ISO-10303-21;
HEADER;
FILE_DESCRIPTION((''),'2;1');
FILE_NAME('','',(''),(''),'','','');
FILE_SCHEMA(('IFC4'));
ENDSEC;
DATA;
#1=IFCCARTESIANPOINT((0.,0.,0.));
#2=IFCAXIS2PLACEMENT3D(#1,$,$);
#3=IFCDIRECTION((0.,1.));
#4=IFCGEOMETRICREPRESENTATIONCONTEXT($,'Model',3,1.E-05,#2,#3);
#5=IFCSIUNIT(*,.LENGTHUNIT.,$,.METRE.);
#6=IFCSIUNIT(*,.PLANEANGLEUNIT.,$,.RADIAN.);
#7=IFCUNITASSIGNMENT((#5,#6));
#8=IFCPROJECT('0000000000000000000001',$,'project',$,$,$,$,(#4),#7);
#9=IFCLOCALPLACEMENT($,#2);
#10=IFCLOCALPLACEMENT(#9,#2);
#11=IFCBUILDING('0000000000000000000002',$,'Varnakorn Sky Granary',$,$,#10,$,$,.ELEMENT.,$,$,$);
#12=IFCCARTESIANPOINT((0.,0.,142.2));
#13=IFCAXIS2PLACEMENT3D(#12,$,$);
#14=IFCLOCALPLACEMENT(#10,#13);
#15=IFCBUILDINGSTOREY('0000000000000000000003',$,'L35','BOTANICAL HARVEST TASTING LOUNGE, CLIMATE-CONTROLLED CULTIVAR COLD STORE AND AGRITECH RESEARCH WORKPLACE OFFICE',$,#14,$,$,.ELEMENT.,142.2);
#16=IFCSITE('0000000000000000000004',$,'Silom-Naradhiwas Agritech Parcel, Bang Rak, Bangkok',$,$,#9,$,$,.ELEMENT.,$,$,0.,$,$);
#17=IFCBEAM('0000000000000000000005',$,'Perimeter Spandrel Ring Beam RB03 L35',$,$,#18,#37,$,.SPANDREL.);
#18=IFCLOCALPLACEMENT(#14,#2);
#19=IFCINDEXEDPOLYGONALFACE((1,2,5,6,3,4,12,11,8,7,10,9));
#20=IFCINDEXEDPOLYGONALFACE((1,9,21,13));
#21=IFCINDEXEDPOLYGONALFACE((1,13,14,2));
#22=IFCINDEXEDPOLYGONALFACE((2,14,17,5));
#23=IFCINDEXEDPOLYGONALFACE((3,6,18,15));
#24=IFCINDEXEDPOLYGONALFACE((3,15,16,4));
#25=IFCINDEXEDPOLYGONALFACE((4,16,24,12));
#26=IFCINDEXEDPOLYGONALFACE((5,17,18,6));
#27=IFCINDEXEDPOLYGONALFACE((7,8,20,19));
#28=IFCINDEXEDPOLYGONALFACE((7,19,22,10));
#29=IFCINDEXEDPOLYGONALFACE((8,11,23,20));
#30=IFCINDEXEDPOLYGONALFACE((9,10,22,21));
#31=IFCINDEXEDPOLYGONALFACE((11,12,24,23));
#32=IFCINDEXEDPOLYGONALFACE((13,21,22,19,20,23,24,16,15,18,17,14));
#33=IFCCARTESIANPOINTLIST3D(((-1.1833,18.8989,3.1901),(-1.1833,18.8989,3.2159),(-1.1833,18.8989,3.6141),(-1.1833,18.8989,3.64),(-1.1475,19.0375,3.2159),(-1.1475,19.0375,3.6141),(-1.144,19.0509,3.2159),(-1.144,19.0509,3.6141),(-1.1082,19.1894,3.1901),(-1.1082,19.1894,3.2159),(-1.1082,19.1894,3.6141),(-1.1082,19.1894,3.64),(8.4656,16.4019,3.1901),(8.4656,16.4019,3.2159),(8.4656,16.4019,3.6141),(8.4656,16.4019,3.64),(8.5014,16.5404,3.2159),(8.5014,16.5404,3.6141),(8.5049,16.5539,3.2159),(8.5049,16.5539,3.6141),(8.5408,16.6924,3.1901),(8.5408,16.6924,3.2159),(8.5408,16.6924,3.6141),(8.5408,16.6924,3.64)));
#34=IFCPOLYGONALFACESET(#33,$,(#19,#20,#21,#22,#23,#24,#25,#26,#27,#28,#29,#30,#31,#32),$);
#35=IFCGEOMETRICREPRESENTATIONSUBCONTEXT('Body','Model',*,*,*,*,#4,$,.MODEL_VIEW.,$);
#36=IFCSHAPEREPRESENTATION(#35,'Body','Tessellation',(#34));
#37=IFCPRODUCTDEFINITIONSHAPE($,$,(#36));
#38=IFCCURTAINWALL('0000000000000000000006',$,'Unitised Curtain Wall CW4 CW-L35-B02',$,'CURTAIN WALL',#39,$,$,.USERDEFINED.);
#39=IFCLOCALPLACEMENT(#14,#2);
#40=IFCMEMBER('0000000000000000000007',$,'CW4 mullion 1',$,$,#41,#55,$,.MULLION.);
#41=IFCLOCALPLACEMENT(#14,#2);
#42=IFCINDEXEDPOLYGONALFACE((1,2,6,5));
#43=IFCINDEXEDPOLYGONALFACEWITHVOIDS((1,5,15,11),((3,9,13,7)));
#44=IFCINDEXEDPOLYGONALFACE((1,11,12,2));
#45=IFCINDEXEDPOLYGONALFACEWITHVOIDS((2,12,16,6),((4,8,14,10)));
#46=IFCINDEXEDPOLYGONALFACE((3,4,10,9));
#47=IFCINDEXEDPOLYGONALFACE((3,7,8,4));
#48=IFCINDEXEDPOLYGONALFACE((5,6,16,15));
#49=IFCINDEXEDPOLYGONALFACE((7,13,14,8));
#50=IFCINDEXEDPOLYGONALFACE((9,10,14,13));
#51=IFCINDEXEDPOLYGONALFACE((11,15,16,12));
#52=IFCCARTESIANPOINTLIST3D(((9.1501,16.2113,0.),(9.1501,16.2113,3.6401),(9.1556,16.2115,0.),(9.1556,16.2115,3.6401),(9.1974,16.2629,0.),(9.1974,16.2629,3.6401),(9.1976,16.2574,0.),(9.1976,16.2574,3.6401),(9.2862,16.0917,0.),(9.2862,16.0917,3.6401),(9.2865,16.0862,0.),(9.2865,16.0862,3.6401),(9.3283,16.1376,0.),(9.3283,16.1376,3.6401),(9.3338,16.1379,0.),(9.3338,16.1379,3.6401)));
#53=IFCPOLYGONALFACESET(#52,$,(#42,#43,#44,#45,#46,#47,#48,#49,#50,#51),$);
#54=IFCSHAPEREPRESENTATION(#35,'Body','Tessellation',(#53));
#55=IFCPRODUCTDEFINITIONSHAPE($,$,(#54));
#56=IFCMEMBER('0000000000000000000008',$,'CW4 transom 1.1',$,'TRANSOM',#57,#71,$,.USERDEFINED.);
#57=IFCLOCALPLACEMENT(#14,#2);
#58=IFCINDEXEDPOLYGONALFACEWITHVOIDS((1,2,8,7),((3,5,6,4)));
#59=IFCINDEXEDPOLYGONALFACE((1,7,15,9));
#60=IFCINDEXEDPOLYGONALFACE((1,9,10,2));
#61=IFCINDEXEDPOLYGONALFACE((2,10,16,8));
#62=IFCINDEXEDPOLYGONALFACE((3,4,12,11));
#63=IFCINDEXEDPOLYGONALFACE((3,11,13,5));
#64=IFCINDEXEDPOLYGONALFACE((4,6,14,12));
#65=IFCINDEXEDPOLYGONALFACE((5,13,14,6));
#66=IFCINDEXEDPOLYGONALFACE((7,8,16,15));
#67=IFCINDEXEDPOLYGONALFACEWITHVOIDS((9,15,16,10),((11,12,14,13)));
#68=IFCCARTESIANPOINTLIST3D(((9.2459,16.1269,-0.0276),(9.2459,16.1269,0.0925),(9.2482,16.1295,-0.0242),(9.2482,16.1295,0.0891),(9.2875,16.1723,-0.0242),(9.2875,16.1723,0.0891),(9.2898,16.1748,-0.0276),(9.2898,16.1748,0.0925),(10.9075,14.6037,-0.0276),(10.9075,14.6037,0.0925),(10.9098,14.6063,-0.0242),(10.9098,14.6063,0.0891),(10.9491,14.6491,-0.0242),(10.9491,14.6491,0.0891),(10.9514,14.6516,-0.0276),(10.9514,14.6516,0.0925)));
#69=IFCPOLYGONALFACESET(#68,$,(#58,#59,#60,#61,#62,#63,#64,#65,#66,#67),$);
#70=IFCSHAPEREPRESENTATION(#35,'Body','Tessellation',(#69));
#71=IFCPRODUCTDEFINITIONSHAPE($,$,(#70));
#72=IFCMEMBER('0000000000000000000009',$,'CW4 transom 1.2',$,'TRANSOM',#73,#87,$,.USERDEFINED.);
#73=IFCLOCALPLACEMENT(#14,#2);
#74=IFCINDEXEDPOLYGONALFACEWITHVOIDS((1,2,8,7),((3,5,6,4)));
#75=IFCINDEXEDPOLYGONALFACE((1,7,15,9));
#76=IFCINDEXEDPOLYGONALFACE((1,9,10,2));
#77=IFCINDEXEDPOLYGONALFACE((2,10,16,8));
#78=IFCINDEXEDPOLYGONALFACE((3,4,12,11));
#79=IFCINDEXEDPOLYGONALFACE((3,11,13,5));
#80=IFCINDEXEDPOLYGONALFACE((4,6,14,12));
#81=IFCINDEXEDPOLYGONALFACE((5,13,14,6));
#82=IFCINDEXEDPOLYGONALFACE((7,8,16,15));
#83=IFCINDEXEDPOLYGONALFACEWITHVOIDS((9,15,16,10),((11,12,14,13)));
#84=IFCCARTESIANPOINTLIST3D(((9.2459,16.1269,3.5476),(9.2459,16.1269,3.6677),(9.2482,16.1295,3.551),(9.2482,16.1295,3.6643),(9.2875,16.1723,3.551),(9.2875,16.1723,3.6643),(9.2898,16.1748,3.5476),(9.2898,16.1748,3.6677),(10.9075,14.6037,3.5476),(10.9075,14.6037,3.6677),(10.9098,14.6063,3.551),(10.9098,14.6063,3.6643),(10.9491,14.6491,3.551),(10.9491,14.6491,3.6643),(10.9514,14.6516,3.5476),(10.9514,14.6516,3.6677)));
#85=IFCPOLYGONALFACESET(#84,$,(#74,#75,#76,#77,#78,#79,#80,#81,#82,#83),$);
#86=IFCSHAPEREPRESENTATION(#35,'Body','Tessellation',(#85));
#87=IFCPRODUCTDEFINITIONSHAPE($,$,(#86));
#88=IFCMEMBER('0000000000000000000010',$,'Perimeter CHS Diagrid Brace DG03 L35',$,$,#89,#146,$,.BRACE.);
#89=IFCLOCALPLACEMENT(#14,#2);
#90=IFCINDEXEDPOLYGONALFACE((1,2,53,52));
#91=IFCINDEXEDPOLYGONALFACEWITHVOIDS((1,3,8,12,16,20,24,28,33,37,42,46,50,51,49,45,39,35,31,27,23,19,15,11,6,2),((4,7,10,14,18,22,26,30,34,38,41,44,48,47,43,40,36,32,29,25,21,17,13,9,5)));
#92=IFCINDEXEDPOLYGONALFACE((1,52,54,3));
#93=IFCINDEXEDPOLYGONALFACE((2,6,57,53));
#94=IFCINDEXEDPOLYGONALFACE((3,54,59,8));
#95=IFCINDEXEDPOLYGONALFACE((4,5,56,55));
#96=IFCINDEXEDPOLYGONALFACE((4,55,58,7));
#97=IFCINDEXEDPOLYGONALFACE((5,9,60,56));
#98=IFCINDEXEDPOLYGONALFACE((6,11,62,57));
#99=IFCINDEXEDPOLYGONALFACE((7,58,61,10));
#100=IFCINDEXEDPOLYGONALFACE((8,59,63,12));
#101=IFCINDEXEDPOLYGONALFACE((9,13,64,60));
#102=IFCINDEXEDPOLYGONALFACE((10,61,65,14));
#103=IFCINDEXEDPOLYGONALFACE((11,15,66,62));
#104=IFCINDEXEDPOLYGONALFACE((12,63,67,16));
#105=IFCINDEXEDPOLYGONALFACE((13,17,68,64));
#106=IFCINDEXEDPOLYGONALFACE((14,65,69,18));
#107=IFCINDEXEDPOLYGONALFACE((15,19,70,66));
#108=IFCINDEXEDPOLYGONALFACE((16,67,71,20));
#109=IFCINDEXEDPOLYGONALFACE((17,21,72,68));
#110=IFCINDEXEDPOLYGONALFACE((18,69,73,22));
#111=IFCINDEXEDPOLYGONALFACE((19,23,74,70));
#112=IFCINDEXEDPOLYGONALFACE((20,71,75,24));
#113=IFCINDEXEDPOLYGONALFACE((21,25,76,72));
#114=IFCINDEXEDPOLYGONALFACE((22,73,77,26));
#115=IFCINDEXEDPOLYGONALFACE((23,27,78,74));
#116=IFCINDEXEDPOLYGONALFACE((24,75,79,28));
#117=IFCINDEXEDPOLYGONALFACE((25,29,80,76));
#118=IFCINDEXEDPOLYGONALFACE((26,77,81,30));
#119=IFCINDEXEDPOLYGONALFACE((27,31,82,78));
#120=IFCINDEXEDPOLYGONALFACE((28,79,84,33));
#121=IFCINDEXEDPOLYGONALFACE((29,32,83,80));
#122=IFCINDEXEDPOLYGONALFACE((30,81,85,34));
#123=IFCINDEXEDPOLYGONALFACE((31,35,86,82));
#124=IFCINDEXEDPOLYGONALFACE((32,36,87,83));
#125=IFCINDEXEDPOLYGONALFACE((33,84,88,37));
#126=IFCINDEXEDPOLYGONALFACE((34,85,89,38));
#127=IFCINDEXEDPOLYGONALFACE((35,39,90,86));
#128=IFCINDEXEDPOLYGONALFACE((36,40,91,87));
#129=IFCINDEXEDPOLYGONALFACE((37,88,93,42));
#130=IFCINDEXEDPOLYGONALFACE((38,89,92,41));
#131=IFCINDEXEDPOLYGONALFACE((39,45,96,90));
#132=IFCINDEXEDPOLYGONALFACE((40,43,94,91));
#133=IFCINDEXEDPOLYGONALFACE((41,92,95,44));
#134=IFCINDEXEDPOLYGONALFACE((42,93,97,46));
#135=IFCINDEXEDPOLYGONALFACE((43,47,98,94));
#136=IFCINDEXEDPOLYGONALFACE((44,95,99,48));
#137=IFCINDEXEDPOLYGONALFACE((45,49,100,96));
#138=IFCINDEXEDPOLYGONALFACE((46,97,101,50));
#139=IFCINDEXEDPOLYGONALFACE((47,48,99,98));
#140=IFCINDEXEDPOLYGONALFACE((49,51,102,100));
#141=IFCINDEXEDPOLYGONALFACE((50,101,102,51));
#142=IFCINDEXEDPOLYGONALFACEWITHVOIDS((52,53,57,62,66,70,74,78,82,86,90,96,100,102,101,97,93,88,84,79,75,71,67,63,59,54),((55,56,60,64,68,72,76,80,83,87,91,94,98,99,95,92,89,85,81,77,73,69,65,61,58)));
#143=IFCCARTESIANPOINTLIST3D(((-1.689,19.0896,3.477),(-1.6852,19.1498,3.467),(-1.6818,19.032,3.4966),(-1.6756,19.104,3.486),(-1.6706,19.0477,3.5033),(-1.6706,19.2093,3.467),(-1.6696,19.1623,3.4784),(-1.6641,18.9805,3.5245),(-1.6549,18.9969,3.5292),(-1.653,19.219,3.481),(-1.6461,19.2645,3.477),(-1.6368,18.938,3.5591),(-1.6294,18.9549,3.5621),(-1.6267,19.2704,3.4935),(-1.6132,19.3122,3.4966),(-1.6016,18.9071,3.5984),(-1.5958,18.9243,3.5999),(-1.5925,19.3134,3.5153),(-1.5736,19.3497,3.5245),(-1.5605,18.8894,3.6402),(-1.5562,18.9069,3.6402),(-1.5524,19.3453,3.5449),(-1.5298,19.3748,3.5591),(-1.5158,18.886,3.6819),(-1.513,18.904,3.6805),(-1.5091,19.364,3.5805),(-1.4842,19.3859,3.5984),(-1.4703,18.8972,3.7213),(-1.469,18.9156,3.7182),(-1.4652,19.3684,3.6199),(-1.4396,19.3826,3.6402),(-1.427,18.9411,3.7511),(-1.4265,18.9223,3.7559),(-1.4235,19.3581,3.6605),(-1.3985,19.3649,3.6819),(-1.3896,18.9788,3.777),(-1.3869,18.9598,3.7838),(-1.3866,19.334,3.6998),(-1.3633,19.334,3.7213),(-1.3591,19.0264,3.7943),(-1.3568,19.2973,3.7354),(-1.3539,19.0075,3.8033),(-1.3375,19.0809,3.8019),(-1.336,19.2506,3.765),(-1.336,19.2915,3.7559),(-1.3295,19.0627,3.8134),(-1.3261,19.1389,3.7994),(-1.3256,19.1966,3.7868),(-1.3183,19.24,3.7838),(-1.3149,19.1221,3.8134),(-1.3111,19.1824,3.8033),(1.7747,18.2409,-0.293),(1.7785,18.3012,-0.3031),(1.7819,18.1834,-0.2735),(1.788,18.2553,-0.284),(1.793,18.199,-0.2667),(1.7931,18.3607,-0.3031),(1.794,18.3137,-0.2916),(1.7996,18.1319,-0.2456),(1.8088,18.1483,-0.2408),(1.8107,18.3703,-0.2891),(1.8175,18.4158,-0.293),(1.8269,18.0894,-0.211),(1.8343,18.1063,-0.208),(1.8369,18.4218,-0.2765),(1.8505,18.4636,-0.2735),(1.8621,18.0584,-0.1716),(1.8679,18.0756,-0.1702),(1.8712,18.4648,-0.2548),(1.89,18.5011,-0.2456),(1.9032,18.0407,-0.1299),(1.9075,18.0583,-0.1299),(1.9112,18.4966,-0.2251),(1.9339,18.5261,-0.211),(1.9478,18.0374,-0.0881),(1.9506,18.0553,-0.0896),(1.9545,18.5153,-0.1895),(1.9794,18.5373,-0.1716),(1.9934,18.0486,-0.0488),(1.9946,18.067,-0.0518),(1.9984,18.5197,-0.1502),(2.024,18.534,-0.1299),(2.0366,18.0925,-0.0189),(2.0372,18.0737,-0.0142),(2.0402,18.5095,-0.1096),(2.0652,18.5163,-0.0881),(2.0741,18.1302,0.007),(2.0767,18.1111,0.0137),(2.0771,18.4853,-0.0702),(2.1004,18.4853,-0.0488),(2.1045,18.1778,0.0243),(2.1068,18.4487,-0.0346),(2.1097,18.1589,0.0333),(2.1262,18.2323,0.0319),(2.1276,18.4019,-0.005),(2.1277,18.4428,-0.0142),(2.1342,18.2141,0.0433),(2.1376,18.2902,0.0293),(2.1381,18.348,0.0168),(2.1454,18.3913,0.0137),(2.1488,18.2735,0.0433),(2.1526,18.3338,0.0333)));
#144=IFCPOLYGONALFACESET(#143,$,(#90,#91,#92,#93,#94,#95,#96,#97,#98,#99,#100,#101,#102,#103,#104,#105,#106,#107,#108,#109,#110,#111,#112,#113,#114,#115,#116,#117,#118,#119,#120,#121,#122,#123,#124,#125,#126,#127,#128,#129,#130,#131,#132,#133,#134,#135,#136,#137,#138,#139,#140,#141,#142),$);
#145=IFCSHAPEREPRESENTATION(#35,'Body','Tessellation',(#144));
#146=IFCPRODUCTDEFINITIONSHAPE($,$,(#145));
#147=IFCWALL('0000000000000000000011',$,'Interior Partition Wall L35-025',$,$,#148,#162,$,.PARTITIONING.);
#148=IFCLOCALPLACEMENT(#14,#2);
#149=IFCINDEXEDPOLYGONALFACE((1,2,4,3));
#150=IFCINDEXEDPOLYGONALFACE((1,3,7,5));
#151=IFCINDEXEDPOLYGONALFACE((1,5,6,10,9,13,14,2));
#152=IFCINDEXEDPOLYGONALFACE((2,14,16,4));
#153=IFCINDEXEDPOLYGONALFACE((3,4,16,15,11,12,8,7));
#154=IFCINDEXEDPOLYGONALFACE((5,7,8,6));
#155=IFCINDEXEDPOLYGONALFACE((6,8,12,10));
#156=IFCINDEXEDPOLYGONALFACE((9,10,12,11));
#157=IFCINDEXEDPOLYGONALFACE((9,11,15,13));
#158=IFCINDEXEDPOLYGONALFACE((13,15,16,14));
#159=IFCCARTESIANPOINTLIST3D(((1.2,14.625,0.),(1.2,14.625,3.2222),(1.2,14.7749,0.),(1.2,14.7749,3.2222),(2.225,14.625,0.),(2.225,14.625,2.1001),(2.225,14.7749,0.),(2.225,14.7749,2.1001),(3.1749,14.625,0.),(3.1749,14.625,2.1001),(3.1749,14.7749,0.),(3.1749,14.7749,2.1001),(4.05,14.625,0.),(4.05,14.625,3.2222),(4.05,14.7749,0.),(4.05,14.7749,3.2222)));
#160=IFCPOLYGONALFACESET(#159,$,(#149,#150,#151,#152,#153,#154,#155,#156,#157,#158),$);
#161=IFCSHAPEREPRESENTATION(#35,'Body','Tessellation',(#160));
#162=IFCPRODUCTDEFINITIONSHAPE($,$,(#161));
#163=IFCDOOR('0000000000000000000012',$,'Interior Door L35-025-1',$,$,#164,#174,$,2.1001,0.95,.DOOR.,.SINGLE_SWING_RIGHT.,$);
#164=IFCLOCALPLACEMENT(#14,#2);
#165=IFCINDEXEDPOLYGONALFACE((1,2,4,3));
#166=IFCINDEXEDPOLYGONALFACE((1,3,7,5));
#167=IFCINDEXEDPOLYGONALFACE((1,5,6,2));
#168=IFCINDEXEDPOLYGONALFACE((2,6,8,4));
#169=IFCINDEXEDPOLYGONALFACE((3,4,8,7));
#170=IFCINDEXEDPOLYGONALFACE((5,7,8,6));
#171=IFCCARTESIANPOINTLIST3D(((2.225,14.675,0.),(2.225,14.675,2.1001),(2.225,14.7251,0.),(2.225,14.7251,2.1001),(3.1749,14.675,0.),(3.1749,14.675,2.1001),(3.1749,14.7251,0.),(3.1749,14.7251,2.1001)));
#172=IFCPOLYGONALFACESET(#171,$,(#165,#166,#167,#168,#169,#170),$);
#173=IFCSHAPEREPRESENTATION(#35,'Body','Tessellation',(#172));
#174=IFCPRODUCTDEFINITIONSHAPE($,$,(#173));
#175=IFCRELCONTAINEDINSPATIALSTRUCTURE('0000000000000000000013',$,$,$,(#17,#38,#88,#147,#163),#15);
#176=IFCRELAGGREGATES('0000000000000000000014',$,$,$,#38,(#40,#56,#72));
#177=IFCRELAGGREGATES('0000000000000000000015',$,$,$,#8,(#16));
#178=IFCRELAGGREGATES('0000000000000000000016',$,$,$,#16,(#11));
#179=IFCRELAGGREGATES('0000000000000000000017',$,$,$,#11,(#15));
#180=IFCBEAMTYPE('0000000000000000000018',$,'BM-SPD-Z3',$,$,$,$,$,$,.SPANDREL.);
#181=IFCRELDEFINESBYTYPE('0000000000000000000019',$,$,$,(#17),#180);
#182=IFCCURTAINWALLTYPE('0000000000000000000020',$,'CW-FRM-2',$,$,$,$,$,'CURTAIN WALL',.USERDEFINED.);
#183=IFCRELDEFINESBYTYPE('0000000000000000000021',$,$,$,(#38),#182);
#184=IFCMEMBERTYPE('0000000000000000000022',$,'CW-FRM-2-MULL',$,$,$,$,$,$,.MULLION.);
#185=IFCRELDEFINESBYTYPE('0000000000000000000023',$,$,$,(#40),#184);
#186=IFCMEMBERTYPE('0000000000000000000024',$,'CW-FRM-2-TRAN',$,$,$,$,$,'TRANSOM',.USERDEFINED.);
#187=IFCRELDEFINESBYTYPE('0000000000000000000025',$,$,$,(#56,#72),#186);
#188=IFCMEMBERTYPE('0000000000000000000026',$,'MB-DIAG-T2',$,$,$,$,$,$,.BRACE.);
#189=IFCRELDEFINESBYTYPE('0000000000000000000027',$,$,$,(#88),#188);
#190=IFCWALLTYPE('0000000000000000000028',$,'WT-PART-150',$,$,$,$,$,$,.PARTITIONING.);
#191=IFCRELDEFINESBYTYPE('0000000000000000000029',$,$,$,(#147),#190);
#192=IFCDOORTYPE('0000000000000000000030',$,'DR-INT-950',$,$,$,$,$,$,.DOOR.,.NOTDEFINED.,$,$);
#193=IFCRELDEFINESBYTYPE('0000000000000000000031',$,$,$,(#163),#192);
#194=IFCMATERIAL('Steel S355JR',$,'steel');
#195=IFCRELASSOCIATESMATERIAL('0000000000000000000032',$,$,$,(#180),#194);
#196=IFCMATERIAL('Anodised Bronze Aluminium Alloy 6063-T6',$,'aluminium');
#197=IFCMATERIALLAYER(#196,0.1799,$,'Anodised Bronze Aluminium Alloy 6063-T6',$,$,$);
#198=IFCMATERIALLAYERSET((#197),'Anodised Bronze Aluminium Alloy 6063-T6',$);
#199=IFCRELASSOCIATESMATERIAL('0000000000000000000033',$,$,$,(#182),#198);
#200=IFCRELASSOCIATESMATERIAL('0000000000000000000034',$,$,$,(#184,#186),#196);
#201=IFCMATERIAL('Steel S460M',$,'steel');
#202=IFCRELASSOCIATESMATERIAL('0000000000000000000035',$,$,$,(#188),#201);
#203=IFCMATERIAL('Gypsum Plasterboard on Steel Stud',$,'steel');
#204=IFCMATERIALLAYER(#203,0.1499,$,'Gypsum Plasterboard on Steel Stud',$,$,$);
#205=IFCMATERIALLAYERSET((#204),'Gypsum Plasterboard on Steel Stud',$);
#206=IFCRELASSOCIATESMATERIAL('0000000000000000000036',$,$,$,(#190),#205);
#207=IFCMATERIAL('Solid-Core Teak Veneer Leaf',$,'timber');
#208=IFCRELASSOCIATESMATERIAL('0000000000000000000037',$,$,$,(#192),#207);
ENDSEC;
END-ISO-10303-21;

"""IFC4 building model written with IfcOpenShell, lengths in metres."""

from ifc_helpers import new_model, si_unit, direction, frame, frame_2d, origin, origin_2d, place, context, subcontext, project, spatial, rectangle, hollow_rectangle, hollow_circle, i_section, extrude, material, layer, layer_set, material_profile, profile_set, type_object, element, fill, aggregate, save


model = new_model("IFC4")

# Units and contexts
model_context = context("Model", 3, precision=1e-05, world=origin(), true_north=direction((0.0, 1.0)))
body_context = subcontext(model_context, "Body", "Model", "MODEL_VIEW")
ifc_project = project(units=[si_unit("LENGTHUNIT", "METRE"), si_unit("PLANEANGLEUNIT", "RADIAN")], contexts=[model_context])

# Site, building, storey
site_placement = place(None, origin())
site = spatial("IfcSite", under=ifc_project, at=site_placement, Name="Silom-Naradhiwas Agritech Parcel, Bang Rak, Bangkok", CompositionType="ELEMENT", RefElevation=0.0)
building_placement = place(site_placement, origin())
building = spatial("IfcBuilding", under=site, at=building_placement, Name="Varnakorn Sky Granary", CompositionType="ELEMENT")
storey_placement = place(building_placement, frame((0.0, 0.0, 142.2)))
storey = spatial("IfcBuildingStorey", under=building, at=storey_placement, Name="L35", Description="BOTANICAL HARVEST TASTING LOUNGE, CLIMATE-CONTROLLED CULTIVAR COLD STORE AND AGRITECH RESEARCH WORKPLACE OFFICE", CompositionType="ELEMENT", Elevation=142.2)

# Shared definitions
ifc_material_1 = material(Name="Steel S460M", Category="steel")

# Beam
ifc_material_2 = material(Name="Steel S355JR", Category="steel")
ifc_material_profile_1 = material_profile(ifc_material_2, i_section(OverallWidth=0.3, OverallDepth=0.45, WebThickness=0.0139, FlangeThickness=0.0259, at=origin_2d()), Name="HE 450 B")
ifc_profile_set_1 = profile_set([ifc_material_profile_1], Name="Steel S355JR")
beam_type_1 = type_object("IfcBeamType", Name="BM-SPD-Z3", PredefinedType="SPANDREL", material=ifc_profile_set_1)
beam_1_placement = place(storey_placement, frame((8.5032, 16.5471, 3.415), z_axis=(-0.968107, 0.250539, 0.0), x_axis=(-0.250539, -0.968107, 0.0)))
element("IfcBeam", 1, at=beam_1_placement, inside=storey, type_object=beam_type_1, Name="Perimeter Spandrel Ring Beam RB03 L35", PredefinedType="SPANDREL", context=body_context, shape_type="SweptSolid", body=[
    extrude(i_section(OverallWidth=0.3, OverallDepth=0.45, WebThickness=0.0139, FlangeThickness=0.0259, at=origin_2d()), origin(), (0.0, 0.0, 1.0), 9.9668),
])

# Curtain wall, members
ifc_material_3 = material(Name="Anodised Bronze Aluminium Alloy 6063-T6", Category="aluminium")
ifc_layer_1 = layer(ifc_material_3, 0.1799, Name="Anodised Bronze Aluminium Alloy 6063-T6")
ifc_layer_set_1 = layer_set([ifc_layer_1], Name="Anodised Bronze Aluminium Alloy 6063-T6")
curtain_wall_type = type_object("IfcCurtainWallType", Name="CW-FRM-2", ElementType="CURTAIN WALL", PredefinedType="USERDEFINED", material=ifc_layer_set_1)
curtain_wall_placement = place(storey_placement, origin())
curtain_wall = element("IfcCurtainWall", 2, at=curtain_wall_placement, inside=storey, type_object=curtain_wall_type, Name="Unitised Curtain Wall CW4 CW-L35-B02", ObjectType="CURTAIN WALL", PredefinedType="USERDEFINED")
ifc_material_profile_2 = material_profile(ifc_material_3, hollow_rectangle(XDim=0.0701, YDim=0.1851, WallThickness=0.0039, at=origin_2d()), Name="ALU MULL 70x185")
ifc_profile_set_2 = profile_set([ifc_material_profile_2], Name="Anodised Bronze Aluminium Alloy 6063-T6")
member_type_1 = type_object("IfcMemberType", Name="CW-FRM-2-MULL", PredefinedType="MULLION", material=ifc_profile_set_2)
member_1_placement = place(storey_placement, frame((9.2419, 16.1746, 0.0), z_axis=(0.0, 0.0, 1.0), x_axis=(0.675685, 0.737191, 0.0)))
member_1 = element("IfcMember", 3, at=member_1_placement, type_object=member_type_1, Name="CW4 mullion 1", PredefinedType="MULLION", context=body_context, shape_type="SweptSolid", body=[
    extrude(hollow_rectangle(XDim=0.0701, YDim=0.1851, WallThickness=0.0039, at=origin_2d()), origin(), (0.0, 0.0, 1.0), 3.6401),
])
ifc_material_profile_3 = material_profile(ifc_material_3, hollow_rectangle(XDim=0.0649, YDim=0.1201, WallThickness=0.0034, at=origin_2d()), Name="ALU TRAN 65x120")
ifc_profile_set_3 = profile_set([ifc_material_profile_3], Name="Anodised Bronze Aluminium Alloy 6063-T6")
member_type_2 = type_object("IfcMemberType", Name="CW-FRM-2-TRAN", ElementType="TRANSOM", PredefinedType="USERDEFINED", material=ifc_profile_set_3)
member_2_placement = place(storey_placement, frame((9.2678, 16.1509, 0.0325), z_axis=(0.737145, -0.675734, 0.0), x_axis=(0.675734, 0.737145, 0.0)))
member_2 = element("IfcMember", 4, at=member_2_placement, type_object=member_type_2, Name="CW4 transom 1.1", ObjectType="TRANSOM", PredefinedType="USERDEFINED", context=body_context, shape_type="SweptSolid", body=[
    extrude(hollow_rectangle(XDim=0.0649, YDim=0.1201, WallThickness=0.0034, at=origin_2d()), origin(), (0.0, 0.0, 1.0), 2.2542),
])
member_3_placement = place(storey_placement, frame((9.2678, 16.1509, 3.6077), z_axis=(0.737145, -0.675734, 0.0), x_axis=(0.675734, 0.737145, 0.0)))
member_3 = element("IfcMember", 5, at=member_3_placement, type_object=member_type_2, Name="CW4 transom 1.2", ObjectType="TRANSOM", PredefinedType="USERDEFINED", context=body_context, shape_type="SweptSolid", body=[
    extrude(hollow_rectangle(XDim=0.0649, YDim=0.1201, WallThickness=0.0034, at=origin_2d()), origin(), (0.0, 0.0, 1.0), 2.2542),
])
aggregate(curtain_wall, [member_1, member_2, member_3])

# Member
ifc_material_profile_4 = material_profile(ifc_material_1, hollow_circle(Radius=0.2539, WallThickness=0.0181, at=origin_2d()), Name="CHS 508x18")
ifc_profile_set_4 = profile_set([ifc_material_profile_4], Name="Steel S460M")
member_type_3 = type_object("IfcMemberType", Name="MB-DIAG-T2", PredefinedType="BRACE", material=ifc_profile_set_4)
member_4_placement = place(storey_placement, frame((1.9636, 18.2874, -0.1299), z_axis=(-0.667441, 0.163532, 0.726484), x_axis=(-0.237974, -0.971271, 0.0)))
element("IfcMember", 6, at=member_4_placement, inside=storey, type_object=member_type_3, Name="Perimeter CHS Diagrid Brace DG03 L35", PredefinedType="BRACE", context=body_context, shape_type="SweptSolid", body=[
    extrude(hollow_circle(Radius=0.2539, WallThickness=0.0181, at=origin_2d()), origin(), (0.0, 0.0, 1.0), 5.1895),
])

# Wall, opening, door
ifc_material_4 = material(Name="Gypsum Plasterboard on Steel Stud", Category="steel")
ifc_layer_2 = layer(ifc_material_4, 0.1499, Name="Gypsum Plasterboard on Steel Stud")
ifc_layer_set_2 = layer_set([ifc_layer_2], Name="Gypsum Plasterboard on Steel Stud")
wall_type_1 = type_object("IfcWallType", Name="WT-PART-150", PredefinedType="PARTITIONING", material=ifc_layer_set_2)
wall_1_placement = place(storey_placement, frame((4.05, 14.7, 0.0), z_axis=(0.0, 0.0, 1.0), x_axis=(-1.0, 0.0, 0.0)))
wall_1 = element("IfcWall", 7, at=wall_1_placement, inside=storey, type_object=wall_type_1, Name="Interior Partition Wall L35-025", PredefinedType="PARTITIONING", context=body_context, shape_type="SweptSolid", body=[
    extrude(rectangle(XDim=2.8501, YDim=0.1499, at=frame_2d((1.425, 0.0))), origin(), (0.0, 0.0, 1.0), 3.2222),
])
opening_1_placement = place(wall_1_placement, frame((0.875, 0.0, 0.0)))
opening_1 = element("IfcOpeningElement", 8, at=opening_1_placement, cuts=wall_1, PredefinedType="OPENING", context=body_context, shape_type="SweptSolid", body=[
    extrude(rectangle(XDim=0.95, YDim=2.1001, at=frame_2d((0.4751, 1.05))), frame((0.0, 0.085, 0.0), z_axis=(0.0, -1.0, 0.0), x_axis=(1.0, 0.0, 0.0)), (0.0, 0.0, 1.0), 0.1699),
])
ifc_material_5 = material(Name="Solid-Core Teak Veneer Leaf", Category="timber")
door_type = type_object("IfcDoorType", Name="DR-INT-950", OperationType="NOTDEFINED", PredefinedType="DOOR", material=ifc_material_5)
door_1_placement = place(opening_1_placement, origin())
door_1 = element("IfcDoor", 9, at=door_1_placement, inside=storey, type_object=door_type, Name="Interior Door L35-025-1", OperationType="SINGLE_SWING_RIGHT", OverallHeight=2.1001, OverallWidth=0.95, PredefinedType="DOOR", context=body_context, shape_type="SweptSolid", body=[
    extrude(rectangle(XDim=0.95, YDim=2.1001, at=frame_2d((0.4751, 1.05))), frame((0.0, 0.0249, 0.0), z_axis=(0.0, -1.0, 0.0), x_axis=(1.0, 0.0, 0.0)), (0.0, 0.0, 1.0), 0.05),
])
fill(opening_1, door_1)

save(model, "model.ifc")
